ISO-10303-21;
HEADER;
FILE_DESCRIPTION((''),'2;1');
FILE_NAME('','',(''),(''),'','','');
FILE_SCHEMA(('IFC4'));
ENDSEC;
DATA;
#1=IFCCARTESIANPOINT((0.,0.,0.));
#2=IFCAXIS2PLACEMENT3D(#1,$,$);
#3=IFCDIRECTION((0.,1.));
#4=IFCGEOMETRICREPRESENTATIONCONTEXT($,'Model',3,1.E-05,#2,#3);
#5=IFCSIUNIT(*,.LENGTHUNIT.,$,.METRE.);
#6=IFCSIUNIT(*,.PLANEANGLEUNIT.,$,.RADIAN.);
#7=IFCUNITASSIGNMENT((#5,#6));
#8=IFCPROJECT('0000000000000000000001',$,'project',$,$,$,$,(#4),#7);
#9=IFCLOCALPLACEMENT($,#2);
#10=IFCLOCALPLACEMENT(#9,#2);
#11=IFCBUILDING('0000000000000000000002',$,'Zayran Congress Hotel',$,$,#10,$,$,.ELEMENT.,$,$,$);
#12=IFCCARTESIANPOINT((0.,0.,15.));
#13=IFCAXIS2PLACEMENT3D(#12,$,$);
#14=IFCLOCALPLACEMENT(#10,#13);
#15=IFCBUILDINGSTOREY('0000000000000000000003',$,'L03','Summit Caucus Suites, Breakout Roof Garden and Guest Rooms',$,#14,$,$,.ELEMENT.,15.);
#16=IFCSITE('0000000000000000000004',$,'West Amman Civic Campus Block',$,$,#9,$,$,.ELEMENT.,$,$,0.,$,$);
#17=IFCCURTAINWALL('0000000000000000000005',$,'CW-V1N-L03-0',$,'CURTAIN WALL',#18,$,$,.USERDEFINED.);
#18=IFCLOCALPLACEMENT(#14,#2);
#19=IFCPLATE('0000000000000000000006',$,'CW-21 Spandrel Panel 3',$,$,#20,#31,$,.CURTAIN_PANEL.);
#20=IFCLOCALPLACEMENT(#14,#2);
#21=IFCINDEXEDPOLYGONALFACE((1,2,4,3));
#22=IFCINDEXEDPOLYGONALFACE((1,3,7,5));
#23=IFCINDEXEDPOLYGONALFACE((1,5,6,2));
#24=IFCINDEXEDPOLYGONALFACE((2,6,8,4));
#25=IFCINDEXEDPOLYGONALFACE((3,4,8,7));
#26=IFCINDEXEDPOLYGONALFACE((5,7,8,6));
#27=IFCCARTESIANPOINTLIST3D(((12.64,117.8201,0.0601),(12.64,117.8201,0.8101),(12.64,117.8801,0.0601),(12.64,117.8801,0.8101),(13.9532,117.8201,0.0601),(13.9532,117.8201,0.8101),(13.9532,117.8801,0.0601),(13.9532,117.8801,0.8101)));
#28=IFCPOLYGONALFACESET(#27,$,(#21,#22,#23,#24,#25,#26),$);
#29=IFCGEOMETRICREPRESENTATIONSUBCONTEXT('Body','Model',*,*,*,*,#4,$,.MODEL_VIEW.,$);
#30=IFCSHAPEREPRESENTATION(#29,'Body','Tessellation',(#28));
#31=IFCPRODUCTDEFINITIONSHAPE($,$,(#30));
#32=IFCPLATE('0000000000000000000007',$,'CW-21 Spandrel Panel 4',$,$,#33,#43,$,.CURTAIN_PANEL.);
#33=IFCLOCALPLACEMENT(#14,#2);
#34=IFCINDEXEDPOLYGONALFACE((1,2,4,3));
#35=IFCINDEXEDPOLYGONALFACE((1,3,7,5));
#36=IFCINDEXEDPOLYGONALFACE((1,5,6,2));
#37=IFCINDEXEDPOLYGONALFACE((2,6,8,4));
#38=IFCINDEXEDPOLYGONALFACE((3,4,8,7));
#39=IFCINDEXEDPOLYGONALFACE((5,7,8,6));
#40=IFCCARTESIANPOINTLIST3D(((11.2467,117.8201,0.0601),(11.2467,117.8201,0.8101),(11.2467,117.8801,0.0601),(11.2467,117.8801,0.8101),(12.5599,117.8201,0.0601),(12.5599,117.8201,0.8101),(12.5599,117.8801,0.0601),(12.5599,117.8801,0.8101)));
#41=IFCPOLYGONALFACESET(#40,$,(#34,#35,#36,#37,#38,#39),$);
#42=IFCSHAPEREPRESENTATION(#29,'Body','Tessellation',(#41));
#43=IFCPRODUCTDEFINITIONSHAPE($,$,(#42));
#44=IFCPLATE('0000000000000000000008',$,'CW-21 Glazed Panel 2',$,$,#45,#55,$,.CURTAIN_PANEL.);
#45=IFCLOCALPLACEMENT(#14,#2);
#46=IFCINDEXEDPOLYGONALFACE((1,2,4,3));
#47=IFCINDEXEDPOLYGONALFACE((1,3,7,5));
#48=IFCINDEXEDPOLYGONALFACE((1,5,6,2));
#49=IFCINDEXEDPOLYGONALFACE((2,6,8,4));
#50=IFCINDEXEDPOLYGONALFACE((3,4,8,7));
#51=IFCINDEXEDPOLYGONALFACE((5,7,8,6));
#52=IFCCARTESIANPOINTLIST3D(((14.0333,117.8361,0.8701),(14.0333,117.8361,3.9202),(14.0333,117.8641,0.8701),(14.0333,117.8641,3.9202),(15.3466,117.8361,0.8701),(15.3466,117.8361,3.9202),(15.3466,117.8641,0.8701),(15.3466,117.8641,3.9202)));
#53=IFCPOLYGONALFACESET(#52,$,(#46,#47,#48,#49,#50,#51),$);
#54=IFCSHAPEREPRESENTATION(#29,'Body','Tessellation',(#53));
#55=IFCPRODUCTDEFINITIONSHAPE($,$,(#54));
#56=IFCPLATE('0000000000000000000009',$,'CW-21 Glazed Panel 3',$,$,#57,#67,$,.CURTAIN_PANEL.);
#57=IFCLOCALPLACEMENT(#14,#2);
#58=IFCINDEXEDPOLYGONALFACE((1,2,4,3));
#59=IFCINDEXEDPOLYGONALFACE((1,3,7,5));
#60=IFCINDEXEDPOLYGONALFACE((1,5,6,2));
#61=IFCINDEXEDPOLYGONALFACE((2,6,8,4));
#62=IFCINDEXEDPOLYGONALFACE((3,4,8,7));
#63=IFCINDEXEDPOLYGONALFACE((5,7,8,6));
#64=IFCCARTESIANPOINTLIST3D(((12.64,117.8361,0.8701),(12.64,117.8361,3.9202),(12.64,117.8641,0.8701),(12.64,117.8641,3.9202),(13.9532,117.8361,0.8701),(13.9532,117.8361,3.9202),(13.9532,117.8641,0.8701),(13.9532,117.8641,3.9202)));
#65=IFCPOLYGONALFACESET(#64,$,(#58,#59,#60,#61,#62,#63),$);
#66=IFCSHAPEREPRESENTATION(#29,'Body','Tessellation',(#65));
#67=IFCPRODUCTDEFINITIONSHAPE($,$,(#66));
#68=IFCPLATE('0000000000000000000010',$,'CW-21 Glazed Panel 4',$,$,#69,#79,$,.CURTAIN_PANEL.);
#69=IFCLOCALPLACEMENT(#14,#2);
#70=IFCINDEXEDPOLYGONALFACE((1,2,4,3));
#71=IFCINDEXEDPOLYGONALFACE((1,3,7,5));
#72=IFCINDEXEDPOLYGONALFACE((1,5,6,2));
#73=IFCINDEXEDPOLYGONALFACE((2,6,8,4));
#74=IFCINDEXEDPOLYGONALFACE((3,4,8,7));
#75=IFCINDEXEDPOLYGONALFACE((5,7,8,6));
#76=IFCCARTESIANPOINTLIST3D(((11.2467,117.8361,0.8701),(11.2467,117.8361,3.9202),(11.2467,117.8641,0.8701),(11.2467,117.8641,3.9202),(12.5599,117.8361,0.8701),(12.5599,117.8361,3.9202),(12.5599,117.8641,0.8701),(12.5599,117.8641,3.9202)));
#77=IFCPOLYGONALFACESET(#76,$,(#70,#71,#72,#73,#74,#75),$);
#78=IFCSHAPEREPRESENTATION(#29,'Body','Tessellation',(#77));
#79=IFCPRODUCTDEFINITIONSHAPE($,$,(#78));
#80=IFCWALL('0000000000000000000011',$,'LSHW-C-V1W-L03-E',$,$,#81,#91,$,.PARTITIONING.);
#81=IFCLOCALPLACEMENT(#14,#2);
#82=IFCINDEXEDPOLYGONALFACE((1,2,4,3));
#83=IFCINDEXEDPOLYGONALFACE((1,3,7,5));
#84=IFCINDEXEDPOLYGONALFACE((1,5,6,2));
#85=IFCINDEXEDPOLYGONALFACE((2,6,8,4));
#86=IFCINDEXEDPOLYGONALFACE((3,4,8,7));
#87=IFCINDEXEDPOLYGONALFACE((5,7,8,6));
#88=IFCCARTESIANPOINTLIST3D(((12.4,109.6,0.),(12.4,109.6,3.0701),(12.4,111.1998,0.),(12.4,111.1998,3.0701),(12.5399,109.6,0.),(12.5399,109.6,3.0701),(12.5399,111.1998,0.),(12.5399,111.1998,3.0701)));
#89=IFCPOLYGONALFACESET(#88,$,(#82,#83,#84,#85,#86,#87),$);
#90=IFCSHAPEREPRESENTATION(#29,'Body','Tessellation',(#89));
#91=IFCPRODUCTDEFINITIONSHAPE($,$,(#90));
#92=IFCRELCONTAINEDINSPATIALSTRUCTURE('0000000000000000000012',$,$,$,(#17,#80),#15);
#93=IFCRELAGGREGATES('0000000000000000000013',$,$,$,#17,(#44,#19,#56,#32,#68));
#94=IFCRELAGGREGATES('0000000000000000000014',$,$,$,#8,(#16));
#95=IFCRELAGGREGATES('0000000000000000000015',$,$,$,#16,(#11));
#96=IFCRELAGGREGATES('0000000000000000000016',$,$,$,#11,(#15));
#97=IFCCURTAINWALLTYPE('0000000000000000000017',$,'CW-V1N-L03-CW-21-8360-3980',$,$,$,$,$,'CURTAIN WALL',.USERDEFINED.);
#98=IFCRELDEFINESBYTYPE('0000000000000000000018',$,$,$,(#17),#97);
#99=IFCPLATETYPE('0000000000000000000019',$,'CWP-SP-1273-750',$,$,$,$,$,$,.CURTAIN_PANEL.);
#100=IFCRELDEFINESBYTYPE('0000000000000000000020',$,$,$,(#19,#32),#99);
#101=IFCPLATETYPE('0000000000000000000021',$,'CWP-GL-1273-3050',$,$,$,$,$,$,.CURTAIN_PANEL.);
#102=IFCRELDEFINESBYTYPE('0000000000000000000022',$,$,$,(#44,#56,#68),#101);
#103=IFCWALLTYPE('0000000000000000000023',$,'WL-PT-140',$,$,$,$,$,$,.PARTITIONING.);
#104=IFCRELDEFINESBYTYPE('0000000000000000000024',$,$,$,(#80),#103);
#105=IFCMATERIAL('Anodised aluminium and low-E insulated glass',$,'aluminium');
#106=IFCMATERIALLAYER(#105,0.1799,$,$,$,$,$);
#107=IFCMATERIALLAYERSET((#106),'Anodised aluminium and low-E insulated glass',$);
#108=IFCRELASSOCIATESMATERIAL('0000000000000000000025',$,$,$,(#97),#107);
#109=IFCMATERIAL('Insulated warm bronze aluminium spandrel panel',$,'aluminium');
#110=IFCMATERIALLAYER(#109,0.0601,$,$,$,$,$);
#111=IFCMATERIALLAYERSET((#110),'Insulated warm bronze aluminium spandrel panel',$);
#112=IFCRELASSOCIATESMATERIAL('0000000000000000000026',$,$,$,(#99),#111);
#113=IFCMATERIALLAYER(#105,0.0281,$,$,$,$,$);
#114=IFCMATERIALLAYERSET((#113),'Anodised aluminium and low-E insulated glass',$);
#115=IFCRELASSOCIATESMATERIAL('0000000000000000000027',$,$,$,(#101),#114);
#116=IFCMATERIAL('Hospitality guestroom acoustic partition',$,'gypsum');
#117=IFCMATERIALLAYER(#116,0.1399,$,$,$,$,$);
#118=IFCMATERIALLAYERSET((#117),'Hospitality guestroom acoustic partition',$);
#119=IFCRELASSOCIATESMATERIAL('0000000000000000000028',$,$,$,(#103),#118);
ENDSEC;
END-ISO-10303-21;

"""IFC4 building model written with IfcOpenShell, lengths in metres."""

from ifc_helpers import new_model, si_unit, direction, frame, frame_2d, origin, origin_2d, place, context, subcontext, project, spatial, rectangle, extrude, material, layer, layer_set, type_object, element, aggregate, save


model = new_model("IFC4")

# Units and contexts
model_context = context("Model", 3, precision=1e-05, world=origin(), true_north=direction((0.0, 1.0)))
body_context = subcontext(model_context, "Body", "Model", "MODEL_VIEW")
ifc_project = project(units=[si_unit("LENGTHUNIT", "METRE"), si_unit("PLANEANGLEUNIT", "RADIAN")], contexts=[model_context])

# Site, building, storey
site_placement = place(None, origin())
site = spatial("IfcSite", under=ifc_project, at=site_placement, Name="West Amman Civic Campus Block", CompositionType="ELEMENT", RefElevation=0.0)
building_placement = place(site_placement, origin())
building = spatial("IfcBuilding", under=site, at=building_placement, Name="Zayran Congress Hotel", CompositionType="ELEMENT")
storey_placement = place(building_placement, frame((0.0, 0.0, 15.0)))
storey = spatial("IfcBuildingStorey", under=building, at=storey_placement, Name="L03", Description="Summit Caucus Suites, Breakout Roof Garden and Guest Rooms", CompositionType="ELEMENT", Elevation=15.0)

# Curtain wall, plates
ifc_material_1 = material(Name="Anodised aluminium and low-E insulated glass", Category="aluminium")
ifc_layer_1 = layer(ifc_material_1, 0.1799)
ifc_layer_set_1 = layer_set([ifc_layer_1], Name="Anodised aluminium and low-E insulated glass")
curtain_wall_type = type_object("IfcCurtainWallType", Name="CW-V1N-L03-CW-21-8360-3980", ElementType="CURTAIN WALL", PredefinedType="USERDEFINED", material=ifc_layer_set_1)
curtain_wall_placement = place(storey_placement, origin())
curtain_wall = element("IfcCurtainWall", 1, at=curtain_wall_placement, inside=storey, type_object=curtain_wall_type, Name="CW-V1N-L03-0", ObjectType="CURTAIN WALL", PredefinedType="USERDEFINED")
ifc_material_2 = material(Name="Insulated warm bronze aluminium spandrel panel", Category="aluminium")
ifc_layer_2 = layer(ifc_material_2, 0.0601)
ifc_layer_set_2 = layer_set([ifc_layer_2], Name="Insulated warm bronze aluminium spandrel panel")
plate_type_1 = type_object("IfcPlateType", Name="CWP-SP-1273-750", PredefinedType="CURTAIN_PANEL", material=ifc_layer_set_2)
plate_1_placement = place(storey_placement, frame((13.2966, 117.8501, 0.0601), z_axis=(0.0, 0.0, 1.0), x_axis=(1.0, 0.0, 0.0)))
plate_1 = element("IfcPlate", 2, at=plate_1_placement, type_object=plate_type_1, Name="CW-21 Spandrel Panel 3", PredefinedType="CURTAIN_PANEL", context=body_context, shape_type="SweptSolid", body=[
    extrude(rectangle(XDim=1.3132, YDim=0.0601, at=origin_2d()), origin(), (0.0, 0.0, 1.0), 0.75),
])
plate_2_placement = place(storey_placement, frame((11.9033, 117.8501, 0.0601), z_axis=(0.0, 0.0, 1.0), x_axis=(1.0, 0.0, 0.0)))
plate_2 = element("IfcPlate", 3, at=plate_2_placement, type_object=plate_type_1, Name="CW-21 Spandrel Panel 4", PredefinedType="CURTAIN_PANEL", context=body_context, shape_type="SweptSolid", body=[
    extrude(rectangle(XDim=1.3132, YDim=0.0601, at=origin_2d()), origin(), (0.0, 0.0, 1.0), 0.75),
])
ifc_layer_3 = layer(ifc_material_1, 0.0281)
ifc_layer_set_3 = layer_set([ifc_layer_3], Name="Anodised aluminium and low-E insulated glass")
plate_type_2 = type_object("IfcPlateType", Name="CWP-GL-1273-3050", PredefinedType="CURTAIN_PANEL", material=ifc_layer_set_3)
plate_3_placement = place(storey_placement, frame((14.6899, 117.8501, 0.8701), z_axis=(0.0, 0.0, 1.0), x_axis=(1.0, 0.0, 0.0)))
plate_3 = element("IfcPlate", 4, at=plate_3_placement, type_object=plate_type_2, Name="CW-21 Glazed Panel 2", PredefinedType="CURTAIN_PANEL", context=body_context, shape_type="SweptSolid", body=[
    extrude(rectangle(XDim=1.3132, YDim=0.0281, at=origin_2d()), origin(), (0.0, 0.0, 1.0), 3.05),
])
plate_4_placement = place(storey_placement, frame((13.2966, 117.8501, 0.8701), z_axis=(0.0, 0.0, 1.0), x_axis=(1.0, 0.0, 0.0)))
plate_4 = element("IfcPlate", 5, at=plate_4_placement, type_object=plate_type_2, Name="CW-21 Glazed Panel 3", PredefinedType="CURTAIN_PANEL", context=body_context, shape_type="SweptSolid", body=[
    extrude(rectangle(XDim=1.3132, YDim=0.0281, at=origin_2d()), origin(), (0.0, 0.0, 1.0), 3.05),
])
plate_5_placement = place(storey_placement, frame((11.9033, 117.8501, 0.8701), z_axis=(0.0, 0.0, 1.0), x_axis=(1.0, 0.0, 0.0)))
plate_5 = element("IfcPlate", 6, at=plate_5_placement, type_object=plate_type_2, Name="CW-21 Glazed Panel 4", PredefinedType="CURTAIN_PANEL", context=body_context, shape_type="SweptSolid", body=[
    extrude(rectangle(XDim=1.3132, YDim=0.0281, at=origin_2d()), origin(), (0.0, 0.0, 1.0), 3.05),
])
aggregate(curtain_wall, [plate_3, plate_1, plate_4, plate_2, plate_5])

# Wall
ifc_material_3 = material(Name="Hospitality guestroom acoustic partition", Category="gypsum")
ifc_layer_4 = layer(ifc_material_3, 0.1399)
ifc_layer_set_4 = layer_set([ifc_layer_4], Name="Hospitality guestroom acoustic partition")
wall_type = type_object("IfcWallType", Name="WL-PT-140", PredefinedType="PARTITIONING", material=ifc_layer_set_4)
wall_placement = place(storey_placement, frame((12.47, 109.6001, 0.0), z_axis=(0.0, 0.0, 1.0), x_axis=(0.0, 1.0, 0.0)))
element("IfcWall", 7, at=wall_placement, inside=storey, type_object=wall_type, Name="LSHW-C-V1W-L03-E", PredefinedType="PARTITIONING", context=body_context, shape_type="SweptSolid", body=[
    extrude(rectangle(XDim=1.5999, YDim=0.1399, at=frame_2d((0.7998, 0.0))), origin(), (0.0, 0.0, 1.0), 3.0701),
])

save(model, "model.ifc")
